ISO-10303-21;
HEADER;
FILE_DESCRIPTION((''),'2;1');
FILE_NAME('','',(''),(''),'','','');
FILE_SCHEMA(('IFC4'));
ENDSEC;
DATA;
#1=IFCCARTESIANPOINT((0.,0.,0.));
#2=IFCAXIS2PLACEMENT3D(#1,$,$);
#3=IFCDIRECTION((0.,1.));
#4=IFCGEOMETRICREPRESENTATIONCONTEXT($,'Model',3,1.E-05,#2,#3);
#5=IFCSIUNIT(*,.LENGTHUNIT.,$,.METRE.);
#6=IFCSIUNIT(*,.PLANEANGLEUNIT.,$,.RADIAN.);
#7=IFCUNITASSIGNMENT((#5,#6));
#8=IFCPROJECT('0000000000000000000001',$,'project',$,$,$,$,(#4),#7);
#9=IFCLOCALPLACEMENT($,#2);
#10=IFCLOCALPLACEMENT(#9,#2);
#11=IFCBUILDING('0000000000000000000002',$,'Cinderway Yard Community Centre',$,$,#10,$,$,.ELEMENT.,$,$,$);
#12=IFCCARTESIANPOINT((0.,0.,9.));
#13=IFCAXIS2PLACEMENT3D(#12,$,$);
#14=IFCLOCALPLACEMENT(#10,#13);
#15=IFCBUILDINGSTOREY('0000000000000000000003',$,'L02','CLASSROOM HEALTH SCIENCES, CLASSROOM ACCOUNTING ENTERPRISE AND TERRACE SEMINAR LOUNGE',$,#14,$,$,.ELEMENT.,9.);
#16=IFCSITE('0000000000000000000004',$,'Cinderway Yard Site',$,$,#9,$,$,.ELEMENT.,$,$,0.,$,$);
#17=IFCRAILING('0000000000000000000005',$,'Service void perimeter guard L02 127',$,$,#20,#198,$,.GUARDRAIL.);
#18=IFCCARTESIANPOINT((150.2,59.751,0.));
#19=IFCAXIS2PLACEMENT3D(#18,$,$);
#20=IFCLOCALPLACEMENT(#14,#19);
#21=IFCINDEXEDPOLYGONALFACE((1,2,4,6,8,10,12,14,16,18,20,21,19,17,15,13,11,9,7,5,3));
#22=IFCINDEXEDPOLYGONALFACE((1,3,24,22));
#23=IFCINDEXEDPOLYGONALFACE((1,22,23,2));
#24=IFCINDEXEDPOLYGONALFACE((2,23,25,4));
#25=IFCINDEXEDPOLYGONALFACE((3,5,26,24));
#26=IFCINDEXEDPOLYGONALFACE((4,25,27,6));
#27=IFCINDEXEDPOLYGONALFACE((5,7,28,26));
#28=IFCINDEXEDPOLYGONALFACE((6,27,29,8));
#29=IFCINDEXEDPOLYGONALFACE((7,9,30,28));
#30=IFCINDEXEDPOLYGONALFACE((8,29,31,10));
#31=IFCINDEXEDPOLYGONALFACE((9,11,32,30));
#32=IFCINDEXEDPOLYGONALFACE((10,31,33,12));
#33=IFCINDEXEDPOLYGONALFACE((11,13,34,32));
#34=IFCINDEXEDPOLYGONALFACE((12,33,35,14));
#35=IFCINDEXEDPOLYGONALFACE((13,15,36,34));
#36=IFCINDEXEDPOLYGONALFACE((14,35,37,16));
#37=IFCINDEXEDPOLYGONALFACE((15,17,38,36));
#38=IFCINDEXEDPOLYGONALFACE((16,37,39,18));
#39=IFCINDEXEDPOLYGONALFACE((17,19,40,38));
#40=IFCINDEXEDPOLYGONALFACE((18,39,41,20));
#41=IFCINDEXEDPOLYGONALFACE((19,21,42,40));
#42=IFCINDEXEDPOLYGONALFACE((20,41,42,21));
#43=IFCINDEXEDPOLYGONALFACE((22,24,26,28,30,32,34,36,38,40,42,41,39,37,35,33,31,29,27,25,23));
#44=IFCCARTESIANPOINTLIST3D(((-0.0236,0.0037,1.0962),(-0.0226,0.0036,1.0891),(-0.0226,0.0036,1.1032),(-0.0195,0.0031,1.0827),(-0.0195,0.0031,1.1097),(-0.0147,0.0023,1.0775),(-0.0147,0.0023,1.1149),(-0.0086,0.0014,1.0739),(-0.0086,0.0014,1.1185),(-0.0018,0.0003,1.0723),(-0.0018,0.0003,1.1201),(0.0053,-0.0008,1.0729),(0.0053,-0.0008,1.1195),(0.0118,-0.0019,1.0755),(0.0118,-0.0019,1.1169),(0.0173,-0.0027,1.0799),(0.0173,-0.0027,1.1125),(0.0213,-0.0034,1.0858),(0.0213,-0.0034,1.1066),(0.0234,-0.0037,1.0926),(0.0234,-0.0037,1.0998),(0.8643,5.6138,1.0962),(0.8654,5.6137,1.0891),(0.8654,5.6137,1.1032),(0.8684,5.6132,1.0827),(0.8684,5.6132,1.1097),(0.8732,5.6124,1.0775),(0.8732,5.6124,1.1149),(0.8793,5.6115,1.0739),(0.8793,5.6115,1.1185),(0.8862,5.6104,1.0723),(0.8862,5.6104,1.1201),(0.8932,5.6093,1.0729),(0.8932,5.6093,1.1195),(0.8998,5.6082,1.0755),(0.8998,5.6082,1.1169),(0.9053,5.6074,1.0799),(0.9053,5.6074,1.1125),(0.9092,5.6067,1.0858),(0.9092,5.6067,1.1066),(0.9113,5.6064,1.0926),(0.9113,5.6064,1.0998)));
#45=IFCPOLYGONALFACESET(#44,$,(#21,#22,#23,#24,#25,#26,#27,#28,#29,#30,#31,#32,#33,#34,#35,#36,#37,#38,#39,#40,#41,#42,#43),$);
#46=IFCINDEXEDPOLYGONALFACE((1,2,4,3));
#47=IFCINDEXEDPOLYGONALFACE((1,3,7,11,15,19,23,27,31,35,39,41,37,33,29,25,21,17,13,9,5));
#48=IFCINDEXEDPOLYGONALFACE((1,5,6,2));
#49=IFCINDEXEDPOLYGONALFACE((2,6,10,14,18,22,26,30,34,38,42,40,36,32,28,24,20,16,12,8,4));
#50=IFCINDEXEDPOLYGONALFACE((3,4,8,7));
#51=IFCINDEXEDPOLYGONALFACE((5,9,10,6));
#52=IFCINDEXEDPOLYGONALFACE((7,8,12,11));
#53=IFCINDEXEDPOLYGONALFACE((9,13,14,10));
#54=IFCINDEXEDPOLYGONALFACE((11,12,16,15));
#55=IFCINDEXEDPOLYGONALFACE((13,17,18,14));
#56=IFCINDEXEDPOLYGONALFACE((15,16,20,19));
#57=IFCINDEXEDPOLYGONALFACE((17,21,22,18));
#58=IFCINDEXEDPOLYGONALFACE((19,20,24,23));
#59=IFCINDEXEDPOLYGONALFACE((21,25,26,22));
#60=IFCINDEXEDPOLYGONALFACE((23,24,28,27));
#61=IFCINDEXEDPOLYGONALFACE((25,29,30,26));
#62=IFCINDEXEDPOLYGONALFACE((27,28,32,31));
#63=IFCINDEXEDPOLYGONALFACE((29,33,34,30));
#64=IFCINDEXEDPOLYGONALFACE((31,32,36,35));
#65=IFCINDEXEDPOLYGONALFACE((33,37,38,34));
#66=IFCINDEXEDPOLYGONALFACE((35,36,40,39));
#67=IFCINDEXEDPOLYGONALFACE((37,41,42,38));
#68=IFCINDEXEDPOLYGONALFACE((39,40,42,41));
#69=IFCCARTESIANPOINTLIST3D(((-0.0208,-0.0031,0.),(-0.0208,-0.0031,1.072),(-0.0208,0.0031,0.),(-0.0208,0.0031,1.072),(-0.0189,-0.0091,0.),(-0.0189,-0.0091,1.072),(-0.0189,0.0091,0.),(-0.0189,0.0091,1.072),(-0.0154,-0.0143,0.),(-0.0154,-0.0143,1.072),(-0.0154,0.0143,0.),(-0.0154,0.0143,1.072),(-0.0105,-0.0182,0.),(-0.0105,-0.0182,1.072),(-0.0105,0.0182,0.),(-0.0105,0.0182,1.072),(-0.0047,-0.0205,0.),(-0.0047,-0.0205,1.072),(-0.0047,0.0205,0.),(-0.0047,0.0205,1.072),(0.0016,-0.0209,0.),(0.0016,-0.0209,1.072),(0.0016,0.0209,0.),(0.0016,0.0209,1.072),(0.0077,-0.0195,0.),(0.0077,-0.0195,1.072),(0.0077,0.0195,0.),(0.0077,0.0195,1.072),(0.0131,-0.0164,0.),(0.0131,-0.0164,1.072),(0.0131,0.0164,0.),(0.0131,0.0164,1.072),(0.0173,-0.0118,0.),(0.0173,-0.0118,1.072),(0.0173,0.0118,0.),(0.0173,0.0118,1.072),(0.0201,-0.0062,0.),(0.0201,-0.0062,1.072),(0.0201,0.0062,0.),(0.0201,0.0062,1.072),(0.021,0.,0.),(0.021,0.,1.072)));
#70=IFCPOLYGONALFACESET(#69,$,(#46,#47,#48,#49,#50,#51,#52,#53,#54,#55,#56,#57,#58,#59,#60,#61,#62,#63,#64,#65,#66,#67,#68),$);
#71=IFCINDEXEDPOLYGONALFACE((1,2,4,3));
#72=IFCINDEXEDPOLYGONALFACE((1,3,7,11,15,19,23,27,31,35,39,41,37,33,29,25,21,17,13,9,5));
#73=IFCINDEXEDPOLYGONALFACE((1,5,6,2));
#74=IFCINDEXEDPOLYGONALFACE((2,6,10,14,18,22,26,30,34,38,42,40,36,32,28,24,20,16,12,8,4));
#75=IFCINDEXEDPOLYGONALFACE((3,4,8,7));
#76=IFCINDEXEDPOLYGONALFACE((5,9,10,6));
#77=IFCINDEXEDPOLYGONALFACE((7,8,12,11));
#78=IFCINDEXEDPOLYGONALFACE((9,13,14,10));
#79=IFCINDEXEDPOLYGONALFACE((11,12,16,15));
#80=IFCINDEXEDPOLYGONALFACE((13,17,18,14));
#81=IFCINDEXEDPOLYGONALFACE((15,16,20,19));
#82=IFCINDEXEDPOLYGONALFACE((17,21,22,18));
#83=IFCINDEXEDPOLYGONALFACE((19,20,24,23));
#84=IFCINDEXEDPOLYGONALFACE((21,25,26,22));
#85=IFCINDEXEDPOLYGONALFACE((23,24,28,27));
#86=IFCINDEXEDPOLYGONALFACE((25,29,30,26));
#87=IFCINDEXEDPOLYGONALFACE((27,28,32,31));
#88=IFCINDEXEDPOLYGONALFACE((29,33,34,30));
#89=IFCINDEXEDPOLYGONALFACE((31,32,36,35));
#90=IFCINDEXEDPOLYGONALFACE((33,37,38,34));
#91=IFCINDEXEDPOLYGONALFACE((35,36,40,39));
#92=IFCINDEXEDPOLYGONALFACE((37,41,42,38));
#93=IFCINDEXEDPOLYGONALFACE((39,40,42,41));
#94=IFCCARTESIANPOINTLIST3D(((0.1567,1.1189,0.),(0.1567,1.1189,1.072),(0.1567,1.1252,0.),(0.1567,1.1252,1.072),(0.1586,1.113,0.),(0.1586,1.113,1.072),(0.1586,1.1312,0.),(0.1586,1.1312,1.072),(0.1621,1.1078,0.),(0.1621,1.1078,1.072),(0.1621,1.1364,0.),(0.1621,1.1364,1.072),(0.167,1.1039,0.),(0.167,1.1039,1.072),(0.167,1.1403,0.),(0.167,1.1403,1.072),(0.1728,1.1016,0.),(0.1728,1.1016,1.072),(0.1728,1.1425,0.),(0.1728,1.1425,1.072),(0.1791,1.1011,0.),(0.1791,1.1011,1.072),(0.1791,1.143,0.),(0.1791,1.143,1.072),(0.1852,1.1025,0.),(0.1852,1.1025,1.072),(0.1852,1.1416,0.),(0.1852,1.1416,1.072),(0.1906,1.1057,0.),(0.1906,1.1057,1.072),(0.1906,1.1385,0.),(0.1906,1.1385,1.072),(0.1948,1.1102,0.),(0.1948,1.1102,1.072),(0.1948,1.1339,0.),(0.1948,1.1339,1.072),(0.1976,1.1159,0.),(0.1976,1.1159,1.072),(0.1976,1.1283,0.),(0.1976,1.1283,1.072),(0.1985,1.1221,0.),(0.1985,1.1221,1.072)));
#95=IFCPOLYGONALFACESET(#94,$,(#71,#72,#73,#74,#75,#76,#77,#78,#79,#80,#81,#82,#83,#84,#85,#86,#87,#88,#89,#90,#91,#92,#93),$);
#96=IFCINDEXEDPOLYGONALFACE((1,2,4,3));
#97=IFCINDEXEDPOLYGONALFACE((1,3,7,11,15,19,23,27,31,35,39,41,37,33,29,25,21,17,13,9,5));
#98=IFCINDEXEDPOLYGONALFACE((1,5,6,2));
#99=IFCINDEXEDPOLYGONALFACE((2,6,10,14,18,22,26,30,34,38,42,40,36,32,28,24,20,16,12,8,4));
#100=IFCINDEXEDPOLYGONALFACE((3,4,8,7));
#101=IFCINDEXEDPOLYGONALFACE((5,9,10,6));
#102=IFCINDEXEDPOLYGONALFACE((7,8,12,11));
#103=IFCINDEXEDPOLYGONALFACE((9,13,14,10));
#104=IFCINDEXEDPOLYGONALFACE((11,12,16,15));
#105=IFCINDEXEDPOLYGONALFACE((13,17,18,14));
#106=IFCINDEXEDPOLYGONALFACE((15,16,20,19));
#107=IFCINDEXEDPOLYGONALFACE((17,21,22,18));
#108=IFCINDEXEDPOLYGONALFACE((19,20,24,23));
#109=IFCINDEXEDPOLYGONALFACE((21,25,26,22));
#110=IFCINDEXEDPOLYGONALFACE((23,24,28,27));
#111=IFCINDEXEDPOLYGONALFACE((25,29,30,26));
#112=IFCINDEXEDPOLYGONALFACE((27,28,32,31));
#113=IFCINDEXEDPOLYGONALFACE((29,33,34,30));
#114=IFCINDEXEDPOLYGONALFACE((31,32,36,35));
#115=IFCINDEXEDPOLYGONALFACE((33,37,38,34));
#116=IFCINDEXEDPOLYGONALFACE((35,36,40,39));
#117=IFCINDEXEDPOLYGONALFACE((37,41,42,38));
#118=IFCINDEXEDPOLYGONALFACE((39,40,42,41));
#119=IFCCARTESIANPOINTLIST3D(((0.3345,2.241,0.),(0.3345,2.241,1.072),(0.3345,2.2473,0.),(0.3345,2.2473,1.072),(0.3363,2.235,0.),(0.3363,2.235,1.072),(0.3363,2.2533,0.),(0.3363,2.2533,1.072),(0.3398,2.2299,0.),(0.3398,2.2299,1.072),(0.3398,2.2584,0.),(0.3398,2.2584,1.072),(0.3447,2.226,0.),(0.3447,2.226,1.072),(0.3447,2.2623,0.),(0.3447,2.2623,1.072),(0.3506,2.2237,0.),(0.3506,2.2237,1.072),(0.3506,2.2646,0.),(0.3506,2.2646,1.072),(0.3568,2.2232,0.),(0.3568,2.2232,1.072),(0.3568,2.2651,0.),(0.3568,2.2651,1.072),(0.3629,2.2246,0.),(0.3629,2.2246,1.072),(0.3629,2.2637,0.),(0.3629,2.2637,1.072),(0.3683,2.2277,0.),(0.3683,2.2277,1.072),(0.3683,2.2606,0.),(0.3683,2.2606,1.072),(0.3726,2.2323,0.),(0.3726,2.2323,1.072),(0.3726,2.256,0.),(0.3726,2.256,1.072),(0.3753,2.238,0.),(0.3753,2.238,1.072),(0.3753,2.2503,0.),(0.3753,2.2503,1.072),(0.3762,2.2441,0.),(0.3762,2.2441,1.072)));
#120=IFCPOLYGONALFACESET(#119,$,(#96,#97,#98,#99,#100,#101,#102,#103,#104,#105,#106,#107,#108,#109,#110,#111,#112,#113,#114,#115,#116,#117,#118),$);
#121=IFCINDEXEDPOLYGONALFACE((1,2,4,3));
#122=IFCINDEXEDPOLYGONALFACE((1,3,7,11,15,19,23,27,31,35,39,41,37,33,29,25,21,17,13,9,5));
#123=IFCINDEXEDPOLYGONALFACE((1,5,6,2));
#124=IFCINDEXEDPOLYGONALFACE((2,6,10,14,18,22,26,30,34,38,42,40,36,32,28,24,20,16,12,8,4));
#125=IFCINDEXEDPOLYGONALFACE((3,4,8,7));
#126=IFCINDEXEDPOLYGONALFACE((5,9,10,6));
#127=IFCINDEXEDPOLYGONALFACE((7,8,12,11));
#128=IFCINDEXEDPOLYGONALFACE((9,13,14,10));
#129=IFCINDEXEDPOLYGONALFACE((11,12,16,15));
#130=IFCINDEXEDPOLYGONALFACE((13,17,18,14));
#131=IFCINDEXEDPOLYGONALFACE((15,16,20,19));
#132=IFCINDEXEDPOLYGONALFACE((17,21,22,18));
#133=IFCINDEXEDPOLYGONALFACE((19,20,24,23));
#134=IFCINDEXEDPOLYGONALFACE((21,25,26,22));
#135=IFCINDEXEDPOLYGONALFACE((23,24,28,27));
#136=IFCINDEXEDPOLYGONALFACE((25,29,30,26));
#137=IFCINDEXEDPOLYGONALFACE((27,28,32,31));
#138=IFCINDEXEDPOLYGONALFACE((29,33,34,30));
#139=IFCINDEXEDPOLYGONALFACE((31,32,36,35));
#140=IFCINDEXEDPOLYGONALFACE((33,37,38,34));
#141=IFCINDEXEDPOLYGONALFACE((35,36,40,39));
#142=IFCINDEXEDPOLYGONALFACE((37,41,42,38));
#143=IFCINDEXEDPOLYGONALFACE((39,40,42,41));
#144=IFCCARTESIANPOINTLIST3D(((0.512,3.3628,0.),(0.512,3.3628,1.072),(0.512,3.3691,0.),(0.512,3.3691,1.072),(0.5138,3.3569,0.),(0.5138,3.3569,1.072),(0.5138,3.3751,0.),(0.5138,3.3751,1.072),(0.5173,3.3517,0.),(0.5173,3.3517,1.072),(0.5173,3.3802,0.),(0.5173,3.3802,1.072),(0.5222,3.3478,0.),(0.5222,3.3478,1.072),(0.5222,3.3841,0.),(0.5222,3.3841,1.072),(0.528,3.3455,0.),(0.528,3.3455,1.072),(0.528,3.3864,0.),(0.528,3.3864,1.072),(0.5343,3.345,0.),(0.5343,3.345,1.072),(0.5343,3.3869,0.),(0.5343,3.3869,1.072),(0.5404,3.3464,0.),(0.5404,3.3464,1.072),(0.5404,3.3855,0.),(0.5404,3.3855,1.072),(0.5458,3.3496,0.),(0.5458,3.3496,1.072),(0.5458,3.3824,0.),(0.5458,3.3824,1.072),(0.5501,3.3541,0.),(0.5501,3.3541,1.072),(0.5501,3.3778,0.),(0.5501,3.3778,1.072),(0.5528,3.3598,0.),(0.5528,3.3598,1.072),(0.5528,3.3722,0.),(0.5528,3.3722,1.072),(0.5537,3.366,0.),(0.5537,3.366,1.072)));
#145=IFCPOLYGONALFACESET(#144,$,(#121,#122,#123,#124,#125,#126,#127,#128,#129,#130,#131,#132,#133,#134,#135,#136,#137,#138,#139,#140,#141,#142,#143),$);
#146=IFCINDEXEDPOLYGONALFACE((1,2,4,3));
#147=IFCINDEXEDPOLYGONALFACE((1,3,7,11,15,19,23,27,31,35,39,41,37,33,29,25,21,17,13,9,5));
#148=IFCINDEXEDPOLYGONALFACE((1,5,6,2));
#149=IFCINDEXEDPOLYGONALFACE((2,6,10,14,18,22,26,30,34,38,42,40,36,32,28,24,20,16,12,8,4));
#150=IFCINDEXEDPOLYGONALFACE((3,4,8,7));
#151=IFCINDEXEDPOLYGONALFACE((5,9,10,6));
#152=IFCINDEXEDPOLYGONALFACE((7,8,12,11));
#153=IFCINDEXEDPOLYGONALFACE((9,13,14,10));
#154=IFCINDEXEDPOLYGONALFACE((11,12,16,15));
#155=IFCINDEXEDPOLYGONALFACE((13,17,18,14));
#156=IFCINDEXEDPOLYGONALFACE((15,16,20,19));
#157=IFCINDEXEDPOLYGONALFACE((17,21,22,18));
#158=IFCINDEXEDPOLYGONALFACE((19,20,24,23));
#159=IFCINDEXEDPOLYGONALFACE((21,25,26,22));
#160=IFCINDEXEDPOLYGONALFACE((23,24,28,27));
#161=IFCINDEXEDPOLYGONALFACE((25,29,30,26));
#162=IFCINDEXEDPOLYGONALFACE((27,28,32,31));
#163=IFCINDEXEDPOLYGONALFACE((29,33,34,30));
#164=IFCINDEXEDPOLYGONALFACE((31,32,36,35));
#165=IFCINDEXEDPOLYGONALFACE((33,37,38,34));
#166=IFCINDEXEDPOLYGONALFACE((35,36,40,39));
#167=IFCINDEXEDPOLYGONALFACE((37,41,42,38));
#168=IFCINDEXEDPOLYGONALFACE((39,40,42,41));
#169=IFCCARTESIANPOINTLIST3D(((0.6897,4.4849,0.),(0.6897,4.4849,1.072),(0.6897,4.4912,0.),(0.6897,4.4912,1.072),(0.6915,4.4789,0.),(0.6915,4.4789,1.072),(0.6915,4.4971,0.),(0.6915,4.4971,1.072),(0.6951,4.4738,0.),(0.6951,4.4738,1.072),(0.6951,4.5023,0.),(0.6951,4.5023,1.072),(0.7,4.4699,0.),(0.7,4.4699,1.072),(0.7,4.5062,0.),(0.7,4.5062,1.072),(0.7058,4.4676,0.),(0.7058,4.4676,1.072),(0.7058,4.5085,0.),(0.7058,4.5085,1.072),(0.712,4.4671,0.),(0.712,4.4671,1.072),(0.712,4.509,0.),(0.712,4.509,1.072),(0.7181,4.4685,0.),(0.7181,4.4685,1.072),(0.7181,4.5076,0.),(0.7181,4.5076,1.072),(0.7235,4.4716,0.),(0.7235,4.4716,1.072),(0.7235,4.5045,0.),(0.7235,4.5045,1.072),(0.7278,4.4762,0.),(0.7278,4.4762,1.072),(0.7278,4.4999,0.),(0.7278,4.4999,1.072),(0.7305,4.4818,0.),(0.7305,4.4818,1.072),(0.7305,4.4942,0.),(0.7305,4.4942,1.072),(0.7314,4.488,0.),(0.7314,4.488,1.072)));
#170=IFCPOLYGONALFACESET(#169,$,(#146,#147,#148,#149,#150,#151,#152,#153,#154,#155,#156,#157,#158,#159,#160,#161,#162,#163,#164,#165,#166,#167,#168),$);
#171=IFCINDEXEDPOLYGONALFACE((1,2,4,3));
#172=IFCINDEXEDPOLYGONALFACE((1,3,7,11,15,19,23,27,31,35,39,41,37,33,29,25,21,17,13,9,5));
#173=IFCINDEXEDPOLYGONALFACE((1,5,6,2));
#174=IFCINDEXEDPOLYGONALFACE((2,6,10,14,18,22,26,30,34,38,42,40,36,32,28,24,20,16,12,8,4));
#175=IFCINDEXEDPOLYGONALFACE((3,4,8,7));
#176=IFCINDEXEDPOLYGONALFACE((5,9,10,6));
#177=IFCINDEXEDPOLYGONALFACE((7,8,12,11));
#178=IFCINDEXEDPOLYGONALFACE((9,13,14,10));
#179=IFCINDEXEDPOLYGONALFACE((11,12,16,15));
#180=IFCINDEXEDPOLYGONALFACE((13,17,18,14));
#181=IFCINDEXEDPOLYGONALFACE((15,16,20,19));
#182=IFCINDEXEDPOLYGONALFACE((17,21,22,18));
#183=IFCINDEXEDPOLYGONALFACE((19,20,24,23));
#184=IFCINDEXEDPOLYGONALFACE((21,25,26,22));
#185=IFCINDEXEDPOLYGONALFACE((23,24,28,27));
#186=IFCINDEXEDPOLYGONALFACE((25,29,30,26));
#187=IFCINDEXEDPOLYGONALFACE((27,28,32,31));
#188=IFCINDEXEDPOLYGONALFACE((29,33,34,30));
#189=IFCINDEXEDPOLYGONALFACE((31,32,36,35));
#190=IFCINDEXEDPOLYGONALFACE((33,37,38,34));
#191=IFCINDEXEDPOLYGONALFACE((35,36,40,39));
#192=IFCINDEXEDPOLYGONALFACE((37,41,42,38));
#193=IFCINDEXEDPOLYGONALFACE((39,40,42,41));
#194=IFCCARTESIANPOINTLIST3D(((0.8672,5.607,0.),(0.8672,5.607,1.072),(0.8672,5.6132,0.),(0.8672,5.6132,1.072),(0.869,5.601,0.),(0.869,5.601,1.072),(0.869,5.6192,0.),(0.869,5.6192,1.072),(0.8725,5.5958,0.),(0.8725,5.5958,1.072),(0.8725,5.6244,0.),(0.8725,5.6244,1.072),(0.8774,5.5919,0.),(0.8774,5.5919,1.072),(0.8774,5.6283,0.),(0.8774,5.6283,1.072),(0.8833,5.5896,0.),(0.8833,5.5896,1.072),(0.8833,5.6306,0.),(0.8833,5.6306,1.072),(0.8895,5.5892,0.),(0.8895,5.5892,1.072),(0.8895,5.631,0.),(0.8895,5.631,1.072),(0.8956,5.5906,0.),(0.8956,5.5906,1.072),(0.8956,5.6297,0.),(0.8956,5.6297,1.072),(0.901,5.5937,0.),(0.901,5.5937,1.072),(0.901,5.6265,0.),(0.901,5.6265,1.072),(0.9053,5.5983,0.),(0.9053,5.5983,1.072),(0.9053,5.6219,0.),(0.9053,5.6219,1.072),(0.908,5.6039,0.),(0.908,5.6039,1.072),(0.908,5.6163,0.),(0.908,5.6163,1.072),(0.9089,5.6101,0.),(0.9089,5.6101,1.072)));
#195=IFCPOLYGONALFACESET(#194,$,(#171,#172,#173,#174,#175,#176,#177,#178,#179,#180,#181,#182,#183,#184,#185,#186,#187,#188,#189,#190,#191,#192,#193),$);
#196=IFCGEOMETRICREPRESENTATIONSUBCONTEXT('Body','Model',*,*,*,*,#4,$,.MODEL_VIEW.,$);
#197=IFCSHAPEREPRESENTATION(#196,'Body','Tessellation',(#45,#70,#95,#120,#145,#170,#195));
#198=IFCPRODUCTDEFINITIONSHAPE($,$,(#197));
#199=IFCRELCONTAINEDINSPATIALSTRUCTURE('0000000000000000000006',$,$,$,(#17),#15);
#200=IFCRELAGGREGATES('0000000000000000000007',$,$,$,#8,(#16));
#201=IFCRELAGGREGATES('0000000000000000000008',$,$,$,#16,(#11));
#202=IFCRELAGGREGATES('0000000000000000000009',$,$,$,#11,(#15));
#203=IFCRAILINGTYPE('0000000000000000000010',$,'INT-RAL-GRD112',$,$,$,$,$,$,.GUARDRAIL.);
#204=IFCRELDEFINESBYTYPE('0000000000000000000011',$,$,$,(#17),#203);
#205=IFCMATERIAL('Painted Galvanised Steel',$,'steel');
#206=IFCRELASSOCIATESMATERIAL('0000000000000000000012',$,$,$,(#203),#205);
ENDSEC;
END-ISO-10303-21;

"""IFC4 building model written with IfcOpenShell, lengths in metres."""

from ifc_helpers import new_model, si_unit, direction, frame, origin, origin_2d, place, context, subcontext, project, spatial, circle, extrude, material, type_object, element, save


model = new_model("IFC4")

# Units and contexts
model_context = context("Model", 3, precision=1e-05, world=origin(), true_north=direction((0.0, 1.0)))
body_context = subcontext(model_context, "Body", "Model", "MODEL_VIEW")
ifc_project = project(units=[si_unit("LENGTHUNIT", "METRE"), si_unit("PLANEANGLEUNIT", "RADIAN")], contexts=[model_context])

# Site, building, storey
site_placement = place(None, origin())
site = spatial("IfcSite", under=ifc_project, at=site_placement, Name="Cinderway Yard Site", CompositionType="ELEMENT", RefElevation=0.0)
building_placement = place(site_placement, origin())
building = spatial("IfcBuilding", under=site, at=building_placement, Name="Cinderway Yard Community Centre", CompositionType="ELEMENT")
storey_placement = place(building_placement, frame((0.0, 0.0, 9.0)))
storey = spatial("IfcBuildingStorey", under=building, at=storey_placement, Name="L02", Description="CLASSROOM HEALTH SCIENCES, CLASSROOM ACCOUNTING ENTERPRISE AND TERRACE SEMINAR LOUNGE", CompositionType="ELEMENT", Elevation=9.0)

# Shared definitions
ifc_material_1 = material(Name="Painted Galvanised Steel", Category="steel")

# Railing
railing_type_1 = type_object("IfcRailingType", Name="INT-RAL-GRD112", PredefinedType="GUARDRAIL", material=ifc_material_1)
railing_1_placement = place(storey_placement, frame((150.2, 59.751, 0.0)))
element("IfcRailing", 1, at=railing_1_placement, inside=storey, type_object=railing_type_1, Name="Service void perimeter guard L02 127", PredefinedType="GUARDRAIL", context=body_context, shape_type="SweptSolid", body=[
    extrude(circle(Radius=0.0239, at=origin_2d()), frame((0.0, 0.0, 1.0962), z_axis=(0.156329, 0.987705, 0.0), x_axis=(-0.987705, 0.156329, 0.0)), (0.0, 0.0, 1.0), 5.6799),
    extrude(circle(Radius=0.021, at=origin_2d()), origin(), (0.0, 0.0, 1.0), 1.072),
    extrude(circle(Radius=0.021, at=origin_2d()), frame((0.1775, 1.1221, 0.0)), (0.0, 0.0, 1.0), 1.072),
    extrude(circle(Radius=0.021, at=origin_2d()), frame((0.3552, 2.2441, 0.0)), (0.0, 0.0, 1.0), 1.072),
    extrude(circle(Radius=0.021, at=origin_2d()), frame((0.5327, 3.366, 0.0)), (0.0, 0.0, 1.0), 1.072),
    extrude(circle(Radius=0.021, at=origin_2d()), frame((0.7104, 4.488, 0.0)), (0.0, 0.0, 1.0), 1.072),
    extrude(circle(Radius=0.021, at=origin_2d()), frame((0.8879, 5.6101, 0.0)), (0.0, 0.0, 1.0), 1.072),
])

save(model, "model.ifc")
